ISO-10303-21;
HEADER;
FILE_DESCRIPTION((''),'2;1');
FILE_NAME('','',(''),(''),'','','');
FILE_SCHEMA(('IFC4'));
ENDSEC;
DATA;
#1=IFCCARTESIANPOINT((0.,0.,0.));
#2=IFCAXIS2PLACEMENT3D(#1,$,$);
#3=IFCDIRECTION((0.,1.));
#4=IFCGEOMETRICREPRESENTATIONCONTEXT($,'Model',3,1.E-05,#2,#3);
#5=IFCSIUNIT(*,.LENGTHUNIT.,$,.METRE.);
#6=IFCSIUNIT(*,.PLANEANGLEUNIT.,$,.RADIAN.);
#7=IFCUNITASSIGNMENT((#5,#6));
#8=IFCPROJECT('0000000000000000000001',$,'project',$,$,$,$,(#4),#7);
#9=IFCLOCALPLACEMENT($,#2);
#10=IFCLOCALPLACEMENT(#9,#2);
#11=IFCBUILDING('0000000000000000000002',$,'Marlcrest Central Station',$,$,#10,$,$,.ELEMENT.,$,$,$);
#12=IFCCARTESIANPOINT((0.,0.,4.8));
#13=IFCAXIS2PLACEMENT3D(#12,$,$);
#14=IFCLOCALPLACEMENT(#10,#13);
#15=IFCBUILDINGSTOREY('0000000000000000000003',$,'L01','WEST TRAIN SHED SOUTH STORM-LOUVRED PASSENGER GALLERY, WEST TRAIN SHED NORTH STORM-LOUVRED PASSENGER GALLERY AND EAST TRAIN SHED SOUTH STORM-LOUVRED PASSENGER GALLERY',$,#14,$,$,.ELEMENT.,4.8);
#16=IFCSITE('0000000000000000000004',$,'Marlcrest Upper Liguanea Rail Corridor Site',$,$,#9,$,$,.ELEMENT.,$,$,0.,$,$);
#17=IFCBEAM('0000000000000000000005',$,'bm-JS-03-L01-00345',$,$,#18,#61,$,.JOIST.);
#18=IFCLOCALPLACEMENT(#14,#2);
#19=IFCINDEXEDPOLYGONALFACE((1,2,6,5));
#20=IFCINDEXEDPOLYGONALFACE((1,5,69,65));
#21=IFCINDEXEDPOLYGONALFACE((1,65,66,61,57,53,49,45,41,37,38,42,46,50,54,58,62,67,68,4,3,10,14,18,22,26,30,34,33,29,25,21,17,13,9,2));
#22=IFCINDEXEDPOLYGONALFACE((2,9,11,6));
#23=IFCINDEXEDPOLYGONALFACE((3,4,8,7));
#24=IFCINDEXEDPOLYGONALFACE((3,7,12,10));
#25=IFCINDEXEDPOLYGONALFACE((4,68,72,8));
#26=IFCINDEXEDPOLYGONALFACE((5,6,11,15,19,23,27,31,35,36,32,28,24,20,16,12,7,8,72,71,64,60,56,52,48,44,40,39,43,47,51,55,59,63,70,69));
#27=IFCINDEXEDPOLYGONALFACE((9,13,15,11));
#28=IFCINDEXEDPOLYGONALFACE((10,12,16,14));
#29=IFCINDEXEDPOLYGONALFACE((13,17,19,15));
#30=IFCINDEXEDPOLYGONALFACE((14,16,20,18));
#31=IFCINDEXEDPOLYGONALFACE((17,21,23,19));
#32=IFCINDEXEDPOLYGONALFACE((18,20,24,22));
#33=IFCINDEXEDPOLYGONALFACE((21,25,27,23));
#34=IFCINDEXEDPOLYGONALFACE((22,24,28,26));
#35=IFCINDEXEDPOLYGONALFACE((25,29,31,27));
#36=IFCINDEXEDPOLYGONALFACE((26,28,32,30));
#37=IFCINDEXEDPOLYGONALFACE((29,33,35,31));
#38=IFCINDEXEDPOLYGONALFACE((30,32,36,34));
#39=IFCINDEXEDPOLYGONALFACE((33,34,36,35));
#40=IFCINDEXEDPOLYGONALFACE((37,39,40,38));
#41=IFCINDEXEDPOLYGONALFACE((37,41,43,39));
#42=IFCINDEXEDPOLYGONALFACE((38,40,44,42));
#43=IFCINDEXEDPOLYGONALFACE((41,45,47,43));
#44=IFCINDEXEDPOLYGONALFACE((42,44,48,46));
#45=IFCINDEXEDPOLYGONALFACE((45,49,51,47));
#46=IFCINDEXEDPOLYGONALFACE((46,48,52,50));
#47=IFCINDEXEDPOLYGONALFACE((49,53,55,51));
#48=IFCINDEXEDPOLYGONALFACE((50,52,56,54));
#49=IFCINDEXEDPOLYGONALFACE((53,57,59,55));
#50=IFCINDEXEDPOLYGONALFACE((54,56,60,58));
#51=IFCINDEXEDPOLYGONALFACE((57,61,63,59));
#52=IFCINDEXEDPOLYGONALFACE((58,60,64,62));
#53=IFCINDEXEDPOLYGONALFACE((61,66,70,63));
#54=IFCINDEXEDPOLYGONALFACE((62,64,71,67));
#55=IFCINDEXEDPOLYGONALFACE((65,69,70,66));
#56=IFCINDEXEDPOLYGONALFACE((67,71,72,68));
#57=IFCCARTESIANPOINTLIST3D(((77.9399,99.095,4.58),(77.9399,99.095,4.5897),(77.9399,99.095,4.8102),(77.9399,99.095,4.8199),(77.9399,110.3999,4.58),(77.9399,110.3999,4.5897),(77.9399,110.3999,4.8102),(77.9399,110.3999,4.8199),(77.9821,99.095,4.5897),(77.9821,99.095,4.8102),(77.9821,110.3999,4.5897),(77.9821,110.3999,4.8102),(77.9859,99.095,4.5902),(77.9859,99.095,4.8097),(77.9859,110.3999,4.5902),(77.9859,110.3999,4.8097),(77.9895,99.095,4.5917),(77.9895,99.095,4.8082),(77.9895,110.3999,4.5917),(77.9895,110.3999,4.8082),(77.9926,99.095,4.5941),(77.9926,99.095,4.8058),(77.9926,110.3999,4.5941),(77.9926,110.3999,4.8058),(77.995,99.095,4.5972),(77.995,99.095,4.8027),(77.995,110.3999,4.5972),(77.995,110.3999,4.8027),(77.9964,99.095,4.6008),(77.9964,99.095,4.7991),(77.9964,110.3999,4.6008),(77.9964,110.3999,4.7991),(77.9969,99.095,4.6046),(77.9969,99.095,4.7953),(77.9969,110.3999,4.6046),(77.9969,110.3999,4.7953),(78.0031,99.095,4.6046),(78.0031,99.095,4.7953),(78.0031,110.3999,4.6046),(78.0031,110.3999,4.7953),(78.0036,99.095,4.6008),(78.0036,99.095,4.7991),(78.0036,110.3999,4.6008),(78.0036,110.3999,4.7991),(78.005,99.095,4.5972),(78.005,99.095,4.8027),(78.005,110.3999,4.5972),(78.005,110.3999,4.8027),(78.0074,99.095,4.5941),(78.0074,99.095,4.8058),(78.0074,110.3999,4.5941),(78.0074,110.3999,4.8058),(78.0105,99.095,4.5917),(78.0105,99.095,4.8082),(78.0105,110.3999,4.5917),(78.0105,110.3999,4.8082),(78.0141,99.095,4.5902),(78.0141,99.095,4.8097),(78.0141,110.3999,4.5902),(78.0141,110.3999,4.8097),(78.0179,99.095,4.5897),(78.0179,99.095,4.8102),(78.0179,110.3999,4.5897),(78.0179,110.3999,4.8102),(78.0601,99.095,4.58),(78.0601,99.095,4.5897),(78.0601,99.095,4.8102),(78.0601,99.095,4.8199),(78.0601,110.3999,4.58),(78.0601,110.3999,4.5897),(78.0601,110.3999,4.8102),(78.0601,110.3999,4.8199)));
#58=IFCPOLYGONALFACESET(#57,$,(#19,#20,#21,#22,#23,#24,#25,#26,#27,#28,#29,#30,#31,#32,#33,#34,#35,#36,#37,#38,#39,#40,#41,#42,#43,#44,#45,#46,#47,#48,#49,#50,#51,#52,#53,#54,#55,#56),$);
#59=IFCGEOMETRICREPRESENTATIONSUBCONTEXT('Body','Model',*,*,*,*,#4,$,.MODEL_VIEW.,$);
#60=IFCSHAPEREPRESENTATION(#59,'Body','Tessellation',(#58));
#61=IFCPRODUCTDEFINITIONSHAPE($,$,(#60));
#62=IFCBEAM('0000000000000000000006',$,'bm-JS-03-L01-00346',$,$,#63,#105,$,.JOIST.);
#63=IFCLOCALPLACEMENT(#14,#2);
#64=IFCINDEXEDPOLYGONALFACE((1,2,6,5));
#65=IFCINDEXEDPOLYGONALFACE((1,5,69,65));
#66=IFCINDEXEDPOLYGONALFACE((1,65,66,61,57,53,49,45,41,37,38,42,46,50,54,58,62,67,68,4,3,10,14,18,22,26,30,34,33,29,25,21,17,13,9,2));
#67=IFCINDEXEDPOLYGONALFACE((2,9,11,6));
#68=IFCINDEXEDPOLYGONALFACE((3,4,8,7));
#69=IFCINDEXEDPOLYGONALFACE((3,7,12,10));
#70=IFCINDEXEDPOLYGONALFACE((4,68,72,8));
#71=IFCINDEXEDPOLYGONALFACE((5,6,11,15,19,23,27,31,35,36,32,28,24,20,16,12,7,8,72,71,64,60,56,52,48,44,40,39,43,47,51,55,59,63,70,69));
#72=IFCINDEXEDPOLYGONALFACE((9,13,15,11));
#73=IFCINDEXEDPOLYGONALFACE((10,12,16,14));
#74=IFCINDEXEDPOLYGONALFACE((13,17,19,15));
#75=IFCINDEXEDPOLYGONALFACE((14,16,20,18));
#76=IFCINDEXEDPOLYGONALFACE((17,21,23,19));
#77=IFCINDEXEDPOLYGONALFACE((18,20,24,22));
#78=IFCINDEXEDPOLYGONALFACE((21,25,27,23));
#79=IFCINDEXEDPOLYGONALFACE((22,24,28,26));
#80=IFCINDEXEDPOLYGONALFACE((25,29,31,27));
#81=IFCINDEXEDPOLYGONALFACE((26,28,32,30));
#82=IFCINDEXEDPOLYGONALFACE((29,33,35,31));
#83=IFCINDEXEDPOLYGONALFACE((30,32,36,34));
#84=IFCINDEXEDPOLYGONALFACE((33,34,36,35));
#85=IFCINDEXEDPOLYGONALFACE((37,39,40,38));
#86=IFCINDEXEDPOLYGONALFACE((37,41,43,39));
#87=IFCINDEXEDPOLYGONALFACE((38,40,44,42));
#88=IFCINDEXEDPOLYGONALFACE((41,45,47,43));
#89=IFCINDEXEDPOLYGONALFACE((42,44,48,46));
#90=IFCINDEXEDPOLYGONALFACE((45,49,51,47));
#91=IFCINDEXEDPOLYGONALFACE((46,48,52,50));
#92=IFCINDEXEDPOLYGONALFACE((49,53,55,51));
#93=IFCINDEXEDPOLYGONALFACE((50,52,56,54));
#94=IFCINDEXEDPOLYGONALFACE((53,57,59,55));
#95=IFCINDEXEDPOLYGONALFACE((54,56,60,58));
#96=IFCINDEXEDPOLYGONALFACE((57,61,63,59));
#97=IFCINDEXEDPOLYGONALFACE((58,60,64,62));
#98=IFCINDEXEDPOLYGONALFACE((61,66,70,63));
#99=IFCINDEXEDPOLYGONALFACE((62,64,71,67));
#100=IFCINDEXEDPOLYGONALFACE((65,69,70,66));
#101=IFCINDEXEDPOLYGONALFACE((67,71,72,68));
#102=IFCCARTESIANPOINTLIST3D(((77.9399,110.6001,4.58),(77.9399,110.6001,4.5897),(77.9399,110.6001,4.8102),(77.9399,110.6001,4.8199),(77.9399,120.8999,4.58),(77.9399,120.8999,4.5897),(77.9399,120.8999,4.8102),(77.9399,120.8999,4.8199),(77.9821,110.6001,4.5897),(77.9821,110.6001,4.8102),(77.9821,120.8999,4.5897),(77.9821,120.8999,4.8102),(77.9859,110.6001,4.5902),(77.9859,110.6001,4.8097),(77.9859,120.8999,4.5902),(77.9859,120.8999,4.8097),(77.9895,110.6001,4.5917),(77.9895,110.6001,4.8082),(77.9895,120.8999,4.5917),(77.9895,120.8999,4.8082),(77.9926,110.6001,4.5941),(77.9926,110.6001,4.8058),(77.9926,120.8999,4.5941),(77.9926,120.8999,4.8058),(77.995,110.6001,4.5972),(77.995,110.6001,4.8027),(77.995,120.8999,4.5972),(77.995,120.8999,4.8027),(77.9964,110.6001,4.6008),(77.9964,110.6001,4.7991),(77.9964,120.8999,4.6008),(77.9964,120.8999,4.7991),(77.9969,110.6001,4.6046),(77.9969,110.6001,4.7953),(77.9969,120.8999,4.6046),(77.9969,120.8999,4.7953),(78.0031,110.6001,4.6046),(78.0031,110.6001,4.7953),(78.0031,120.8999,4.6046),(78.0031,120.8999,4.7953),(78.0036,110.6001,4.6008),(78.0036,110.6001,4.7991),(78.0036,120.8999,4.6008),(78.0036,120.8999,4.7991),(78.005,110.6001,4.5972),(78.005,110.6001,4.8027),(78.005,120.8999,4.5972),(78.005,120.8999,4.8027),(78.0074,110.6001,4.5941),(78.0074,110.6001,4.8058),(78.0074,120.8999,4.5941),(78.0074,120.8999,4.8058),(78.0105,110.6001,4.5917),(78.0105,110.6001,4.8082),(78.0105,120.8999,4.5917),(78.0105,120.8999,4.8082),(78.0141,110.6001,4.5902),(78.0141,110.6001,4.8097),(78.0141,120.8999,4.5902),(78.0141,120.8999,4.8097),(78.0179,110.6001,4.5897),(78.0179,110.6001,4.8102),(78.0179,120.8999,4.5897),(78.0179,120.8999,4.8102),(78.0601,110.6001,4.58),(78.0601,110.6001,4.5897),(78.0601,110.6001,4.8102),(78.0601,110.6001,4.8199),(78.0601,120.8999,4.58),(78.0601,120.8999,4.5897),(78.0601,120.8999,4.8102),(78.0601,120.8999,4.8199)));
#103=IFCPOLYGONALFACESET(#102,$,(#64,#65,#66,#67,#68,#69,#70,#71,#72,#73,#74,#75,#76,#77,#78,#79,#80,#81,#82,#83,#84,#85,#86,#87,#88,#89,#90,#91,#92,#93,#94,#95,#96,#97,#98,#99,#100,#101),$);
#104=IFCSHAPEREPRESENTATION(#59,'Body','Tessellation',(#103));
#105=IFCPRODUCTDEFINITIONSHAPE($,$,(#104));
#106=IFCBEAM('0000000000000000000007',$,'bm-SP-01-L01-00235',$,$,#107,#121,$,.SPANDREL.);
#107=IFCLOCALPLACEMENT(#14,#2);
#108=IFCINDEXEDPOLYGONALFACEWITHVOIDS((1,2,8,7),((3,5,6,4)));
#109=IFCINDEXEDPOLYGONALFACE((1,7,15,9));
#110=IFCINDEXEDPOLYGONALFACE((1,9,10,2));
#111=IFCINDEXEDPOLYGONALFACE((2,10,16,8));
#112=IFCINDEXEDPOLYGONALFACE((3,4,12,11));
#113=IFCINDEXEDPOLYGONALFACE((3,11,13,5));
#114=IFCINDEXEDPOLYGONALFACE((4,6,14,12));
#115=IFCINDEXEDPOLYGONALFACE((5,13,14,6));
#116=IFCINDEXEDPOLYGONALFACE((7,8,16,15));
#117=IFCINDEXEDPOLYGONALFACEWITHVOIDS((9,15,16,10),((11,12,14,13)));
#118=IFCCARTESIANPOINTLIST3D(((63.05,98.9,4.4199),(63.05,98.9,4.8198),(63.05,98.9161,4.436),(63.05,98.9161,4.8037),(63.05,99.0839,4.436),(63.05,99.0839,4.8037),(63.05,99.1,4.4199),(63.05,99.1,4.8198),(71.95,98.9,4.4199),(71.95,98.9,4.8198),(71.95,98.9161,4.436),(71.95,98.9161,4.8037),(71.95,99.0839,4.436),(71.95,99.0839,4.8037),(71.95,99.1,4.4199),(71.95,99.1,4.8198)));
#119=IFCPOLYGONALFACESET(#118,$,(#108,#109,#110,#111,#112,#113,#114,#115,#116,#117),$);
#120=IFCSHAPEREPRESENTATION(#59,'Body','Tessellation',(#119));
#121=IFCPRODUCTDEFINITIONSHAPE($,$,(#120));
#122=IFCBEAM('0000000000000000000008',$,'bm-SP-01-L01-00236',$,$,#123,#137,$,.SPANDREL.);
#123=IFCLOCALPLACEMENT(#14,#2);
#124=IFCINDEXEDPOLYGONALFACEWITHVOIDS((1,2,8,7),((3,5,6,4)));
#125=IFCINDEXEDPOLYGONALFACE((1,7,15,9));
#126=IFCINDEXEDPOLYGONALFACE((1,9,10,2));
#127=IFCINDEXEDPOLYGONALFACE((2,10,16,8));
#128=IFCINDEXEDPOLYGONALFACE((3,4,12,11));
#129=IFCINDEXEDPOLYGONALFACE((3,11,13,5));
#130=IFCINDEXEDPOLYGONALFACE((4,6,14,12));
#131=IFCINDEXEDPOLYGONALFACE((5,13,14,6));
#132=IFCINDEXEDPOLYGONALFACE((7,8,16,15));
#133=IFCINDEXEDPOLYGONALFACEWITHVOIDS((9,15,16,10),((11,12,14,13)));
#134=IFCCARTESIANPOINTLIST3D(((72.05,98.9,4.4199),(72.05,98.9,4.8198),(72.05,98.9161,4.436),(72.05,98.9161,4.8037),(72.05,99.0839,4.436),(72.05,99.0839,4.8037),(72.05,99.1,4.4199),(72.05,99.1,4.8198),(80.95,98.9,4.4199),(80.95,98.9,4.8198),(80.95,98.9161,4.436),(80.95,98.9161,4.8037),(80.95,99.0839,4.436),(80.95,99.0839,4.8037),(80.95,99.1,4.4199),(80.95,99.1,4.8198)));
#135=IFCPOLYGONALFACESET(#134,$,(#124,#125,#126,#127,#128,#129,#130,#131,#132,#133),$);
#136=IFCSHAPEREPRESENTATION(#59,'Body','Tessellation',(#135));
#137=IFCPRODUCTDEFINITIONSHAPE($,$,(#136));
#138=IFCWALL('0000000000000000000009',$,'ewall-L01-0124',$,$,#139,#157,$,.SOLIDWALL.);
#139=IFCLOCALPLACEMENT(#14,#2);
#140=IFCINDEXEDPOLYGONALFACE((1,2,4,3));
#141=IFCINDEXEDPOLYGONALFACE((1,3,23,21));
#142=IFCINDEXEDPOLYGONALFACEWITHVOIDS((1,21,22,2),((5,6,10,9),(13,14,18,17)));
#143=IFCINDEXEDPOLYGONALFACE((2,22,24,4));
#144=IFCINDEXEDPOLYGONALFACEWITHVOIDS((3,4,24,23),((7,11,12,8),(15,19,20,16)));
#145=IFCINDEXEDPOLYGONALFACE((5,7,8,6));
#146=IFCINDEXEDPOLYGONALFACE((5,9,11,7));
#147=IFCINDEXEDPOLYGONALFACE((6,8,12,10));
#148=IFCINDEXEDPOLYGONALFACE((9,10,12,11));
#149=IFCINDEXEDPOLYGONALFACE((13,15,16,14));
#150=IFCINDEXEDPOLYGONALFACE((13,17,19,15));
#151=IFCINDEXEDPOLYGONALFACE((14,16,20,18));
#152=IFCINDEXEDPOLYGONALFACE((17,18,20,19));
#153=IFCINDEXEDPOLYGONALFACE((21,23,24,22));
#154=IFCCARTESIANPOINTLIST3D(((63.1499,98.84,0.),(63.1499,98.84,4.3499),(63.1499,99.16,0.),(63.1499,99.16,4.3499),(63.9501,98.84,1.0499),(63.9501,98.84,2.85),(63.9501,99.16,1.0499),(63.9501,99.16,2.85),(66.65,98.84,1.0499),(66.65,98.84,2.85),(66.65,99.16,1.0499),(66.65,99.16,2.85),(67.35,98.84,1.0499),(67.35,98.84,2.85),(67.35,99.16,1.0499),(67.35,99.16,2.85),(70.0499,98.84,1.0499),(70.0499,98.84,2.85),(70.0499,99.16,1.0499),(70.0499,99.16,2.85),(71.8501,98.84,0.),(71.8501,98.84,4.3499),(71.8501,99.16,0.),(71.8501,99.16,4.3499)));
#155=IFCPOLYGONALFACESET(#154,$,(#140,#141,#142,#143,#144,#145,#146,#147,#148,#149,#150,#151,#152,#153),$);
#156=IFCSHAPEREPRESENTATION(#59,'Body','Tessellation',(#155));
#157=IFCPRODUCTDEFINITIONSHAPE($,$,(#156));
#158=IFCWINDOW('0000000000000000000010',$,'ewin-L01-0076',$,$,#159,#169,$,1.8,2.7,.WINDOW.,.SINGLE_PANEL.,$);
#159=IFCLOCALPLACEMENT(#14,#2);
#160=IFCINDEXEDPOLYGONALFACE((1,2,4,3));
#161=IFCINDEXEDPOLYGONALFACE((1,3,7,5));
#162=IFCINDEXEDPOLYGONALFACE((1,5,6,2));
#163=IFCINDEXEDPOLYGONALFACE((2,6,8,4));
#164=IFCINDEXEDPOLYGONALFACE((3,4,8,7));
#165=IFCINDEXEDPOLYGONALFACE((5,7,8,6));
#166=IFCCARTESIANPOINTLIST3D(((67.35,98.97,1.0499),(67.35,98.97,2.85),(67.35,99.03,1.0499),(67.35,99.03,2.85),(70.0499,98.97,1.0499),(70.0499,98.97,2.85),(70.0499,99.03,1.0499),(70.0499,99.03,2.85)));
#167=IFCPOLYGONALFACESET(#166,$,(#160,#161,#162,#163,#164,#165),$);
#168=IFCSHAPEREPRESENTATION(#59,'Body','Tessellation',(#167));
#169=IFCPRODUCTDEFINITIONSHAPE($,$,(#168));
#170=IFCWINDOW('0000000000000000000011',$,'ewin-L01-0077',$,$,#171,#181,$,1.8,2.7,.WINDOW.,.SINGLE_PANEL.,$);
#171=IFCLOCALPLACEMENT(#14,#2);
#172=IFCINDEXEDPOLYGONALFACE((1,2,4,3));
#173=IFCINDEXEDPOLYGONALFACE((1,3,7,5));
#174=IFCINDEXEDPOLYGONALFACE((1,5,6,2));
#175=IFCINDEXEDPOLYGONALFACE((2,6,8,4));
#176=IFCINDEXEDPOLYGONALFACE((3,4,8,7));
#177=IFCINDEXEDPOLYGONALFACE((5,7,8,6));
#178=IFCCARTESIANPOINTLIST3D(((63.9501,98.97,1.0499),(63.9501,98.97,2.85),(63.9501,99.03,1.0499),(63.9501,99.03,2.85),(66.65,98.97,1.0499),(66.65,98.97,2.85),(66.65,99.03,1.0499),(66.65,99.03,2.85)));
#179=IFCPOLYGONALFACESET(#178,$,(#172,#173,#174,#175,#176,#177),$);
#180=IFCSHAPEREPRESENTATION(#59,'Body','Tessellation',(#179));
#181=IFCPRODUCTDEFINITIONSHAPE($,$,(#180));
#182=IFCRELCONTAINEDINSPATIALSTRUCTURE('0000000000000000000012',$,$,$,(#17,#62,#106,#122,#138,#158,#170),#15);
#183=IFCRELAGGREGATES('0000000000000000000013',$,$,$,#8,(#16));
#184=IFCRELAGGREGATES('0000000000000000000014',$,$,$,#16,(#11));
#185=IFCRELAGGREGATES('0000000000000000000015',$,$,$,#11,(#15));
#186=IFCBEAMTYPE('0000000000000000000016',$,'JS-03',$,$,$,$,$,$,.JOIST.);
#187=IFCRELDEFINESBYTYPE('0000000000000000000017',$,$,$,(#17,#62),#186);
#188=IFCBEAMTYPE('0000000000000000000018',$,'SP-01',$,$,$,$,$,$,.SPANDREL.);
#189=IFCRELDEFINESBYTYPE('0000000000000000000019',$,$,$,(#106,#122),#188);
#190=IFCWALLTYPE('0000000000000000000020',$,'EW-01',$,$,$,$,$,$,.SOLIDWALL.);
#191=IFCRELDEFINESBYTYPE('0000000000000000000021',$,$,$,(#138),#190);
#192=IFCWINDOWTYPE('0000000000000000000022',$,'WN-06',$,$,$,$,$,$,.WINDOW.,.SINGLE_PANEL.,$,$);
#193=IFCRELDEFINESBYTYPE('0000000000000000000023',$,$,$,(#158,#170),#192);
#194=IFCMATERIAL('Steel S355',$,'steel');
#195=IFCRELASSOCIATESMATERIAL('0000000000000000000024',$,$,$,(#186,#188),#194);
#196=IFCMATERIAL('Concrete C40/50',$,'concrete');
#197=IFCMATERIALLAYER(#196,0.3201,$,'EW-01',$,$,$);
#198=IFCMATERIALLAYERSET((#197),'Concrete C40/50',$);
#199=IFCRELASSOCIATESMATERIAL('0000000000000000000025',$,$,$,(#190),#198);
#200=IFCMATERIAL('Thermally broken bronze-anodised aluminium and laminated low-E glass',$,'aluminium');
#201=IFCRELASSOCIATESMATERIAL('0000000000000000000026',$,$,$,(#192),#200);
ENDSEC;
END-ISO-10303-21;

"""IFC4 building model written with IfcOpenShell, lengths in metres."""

from ifc_helpers import new_model, si_unit, direction, frame, frame_2d, origin, origin_2d, place, context, subcontext, project, spatial, rectangle, hollow_rectangle, i_section, extrude, material, layer, layer_set, material_profile, profile_set, type_object, element, fill, save


model = new_model("IFC4")

# Units and contexts
model_context = context("Model", 3, precision=1e-05, world=origin(), true_north=direction((0.0, 1.0)))
body_context = subcontext(model_context, "Body", "Model", "MODEL_VIEW")
ifc_project = project(units=[si_unit("LENGTHUNIT", "METRE"), si_unit("PLANEANGLEUNIT", "RADIAN")], contexts=[model_context])

# Site, building, storey
site_placement = place(None, origin())
site = spatial("IfcSite", under=ifc_project, at=site_placement, Name="Marlcrest Upper Liguanea Rail Corridor Site", CompositionType="ELEMENT", RefElevation=0.0)
building_placement = place(site_placement, origin())
building = spatial("IfcBuilding", under=site, at=building_placement, Name="Marlcrest Central Station", CompositionType="ELEMENT")
storey_placement = place(building_placement, frame((0.0, 0.0, 4.8)))
storey = spatial("IfcBuildingStorey", under=building, at=storey_placement, Name="L01", Description="WEST TRAIN SHED SOUTH STORM-LOUVRED PASSENGER GALLERY, WEST TRAIN SHED NORTH STORM-LOUVRED PASSENGER GALLERY AND EAST TRAIN SHED SOUTH STORM-LOUVRED PASSENGER GALLERY", CompositionType="ELEMENT", Elevation=4.8)

# Shared definitions
ifc_material_1 = material(Name="Steel S355", Category="steel")

# Beams
ifc_material_profile_1 = material_profile(ifc_material_1, i_section(OverallWidth=0.1201, OverallDepth=0.24, WebThickness=0.0061, FlangeThickness=0.0098, FilletRadius=0.0149, at=origin_2d()), Name="IPE 240")
ifc_profile_set_1 = profile_set([ifc_material_profile_1], Name="Steel S355")
beam_type_1 = type_object("IfcBeamType", Name="JS-03", PredefinedType="JOIST", material=ifc_profile_set_1)
beam_1_placement = place(storey_placement, frame((78.0, 99.095, 4.7), z_axis=(0.0, 1.0, 0.0), x_axis=(-1.0, 0.0, 0.0)))
element("IfcBeam", 1, at=beam_1_placement, inside=storey, type_object=beam_type_1, Name="bm-JS-03-L01-00345", PredefinedType="JOIST", context=body_context, shape_type="SweptSolid", body=[
    extrude(i_section(OverallWidth=0.1201, OverallDepth=0.24, WebThickness=0.0061, FlangeThickness=0.0098, FilletRadius=0.0149, at=origin_2d()), origin(), (0.0, 0.0, 1.0), 11.3049),
])
beam_2_placement = place(storey_placement, frame((78.0, 110.6001, 4.7), z_axis=(0.0, 1.0, 0.0), x_axis=(-1.0, 0.0, 0.0)))
element("IfcBeam", 2, at=beam_2_placement, inside=storey, type_object=beam_type_1, Name="bm-JS-03-L01-00346", PredefinedType="JOIST", context=body_context, shape_type="SweptSolid", body=[
    extrude(i_section(OverallWidth=0.1201, OverallDepth=0.24, WebThickness=0.0061, FlangeThickness=0.0098, FilletRadius=0.0149, at=origin_2d()), origin(), (0.0, 0.0, 1.0), 10.2998),
])
ifc_material_profile_2 = material_profile(ifc_material_1, hollow_rectangle(XDim=0.2, YDim=0.3999, WallThickness=0.0161, at=origin_2d()), Name="RHS 400x200x16")
ifc_profile_set_2 = profile_set([ifc_material_profile_2], Name="Steel S355")
beam_type_2 = type_object("IfcBeamType", Name="SP-01", PredefinedType="SPANDREL", material=ifc_profile_set_2)
for number, where, z_axis, x_axis, name in (
    (3, (63.05, 99.0, 4.6199), (1.0, 0.0, 0.0), (0.0, 1.0, 0.0), "bm-SP-01-L01-00235"),
    (4, (72.05, 99.0, 4.6199), (1.0, 0.0, 0.0), (0.0, 1.0, 0.0), "bm-SP-01-L01-00236"),
):
    element("IfcBeam", number, at=place(storey_placement, frame(where, z_axis=z_axis, x_axis=x_axis)), inside=storey, type_object=beam_type_2, Name=name, PredefinedType="SPANDREL", context=body_context, shape_type="SweptSolid", body=[
        extrude(hollow_rectangle(XDim=0.2, YDim=0.3999, WallThickness=0.0161, at=origin_2d()), origin(), (0.0, 0.0, 1.0), 8.8999),
    ])

# Wall, openings, windows
ifc_material_2 = material(Name="Concrete C40/50", Category="concrete")
ifc_layer = layer(ifc_material_2, 0.3201, Name="EW-01")
ifc_layer_set = layer_set([ifc_layer], Name="Concrete C40/50")
wall_type = type_object("IfcWallType", Name="EW-01", PredefinedType="SOLIDWALL", material=ifc_layer_set)
wall_1_placement = place(storey_placement, frame((71.8501, 99.0, 0.0), z_axis=(0.0, 0.0, 1.0), x_axis=(-1.0, 0.0, 0.0)))
wall_1 = element("IfcWall", 5, at=wall_1_placement, inside=storey, type_object=wall_type, Name="ewall-L01-0124", PredefinedType="SOLIDWALL", context=body_context, shape_type="SweptSolid", body=[
    extrude(rectangle(XDim=8.7002, YDim=0.3201, at=frame_2d((4.3501, 0.0))), origin(), (0.0, 0.0, 1.0), 4.3499),
])
opening_1_placement = place(wall_1_placement, frame((1.8, 0.0, 1.05)))
opening_1 = element("IfcOpeningElement", 6, at=opening_1_placement, cuts=wall_1, PredefinedType="OPENING", context=body_context, shape_type="SweptSolid", body=[
    extrude(rectangle(XDim=2.7, YDim=1.8, at=frame_2d((1.3501, 0.8999))), frame((0.0, 0.1699, 0.0), z_axis=(0.0, -1.0, 0.0), x_axis=(1.0, 0.0, 0.0)), (0.0, 0.0, 1.0), 0.3401),
])
opening_2_placement = place(wall_1_placement, frame((5.2, 0.0, 1.05)))
opening_2 = element("IfcOpeningElement", 7, at=opening_2_placement, cuts=wall_1, PredefinedType="OPENING", context=body_context, shape_type="SweptSolid", body=[
    extrude(rectangle(XDim=2.7, YDim=1.8, at=frame_2d((1.3501, 0.8999))), frame((0.0, 0.1699, 0.0), z_axis=(0.0, -1.0, 0.0), x_axis=(1.0, 0.0, 0.0)), (0.0, 0.0, 1.0), 0.3401),
])
ifc_material_3 = material(Name="Thermally broken bronze-anodised aluminium and laminated low-E glass", Category="aluminium")
window_type = type_object("IfcWindowType", Name="WN-06", PartitioningType="SINGLE_PANEL", PredefinedType="WINDOW", material=ifc_material_3)
window_1_placement = place(opening_1_placement, origin())
window_1 = element("IfcWindow", 8, at=window_1_placement, inside=storey, type_object=window_type, Name="ewin-L01-0076", OverallHeight=1.8, OverallWidth=2.7, PartitioningType="SINGLE_PANEL", PredefinedType="WINDOW", context=body_context, shape_type="SweptSolid", body=[
    extrude(rectangle(XDim=2.7, YDim=1.8, at=frame_2d((1.3501, 0.8999))), frame((0.0, 0.03, 0.0), z_axis=(0.0, -1.0, 0.0), x_axis=(1.0, 0.0, 0.0)), (0.0, 0.0, 1.0), 0.0601),
])
fill(opening_1, window_1)
window_2_placement = place(opening_2_placement, origin())
window_2 = element("IfcWindow", 9, at=window_2_placement, inside=storey, type_object=window_type, Name="ewin-L01-0077", OverallHeight=1.8, OverallWidth=2.7, PartitioningType="SINGLE_PANEL", PredefinedType="WINDOW", context=body_context, shape_type="SweptSolid", body=[
    extrude(rectangle(XDim=2.7, YDim=1.8, at=frame_2d((1.3501, 0.8999))), frame((0.0, 0.03, 0.0), z_axis=(0.0, -1.0, 0.0), x_axis=(1.0, 0.0, 0.0)), (0.0, 0.0, 1.0), 0.0601),
])
fill(opening_2, window_2)

save(model, "model.ifc")
